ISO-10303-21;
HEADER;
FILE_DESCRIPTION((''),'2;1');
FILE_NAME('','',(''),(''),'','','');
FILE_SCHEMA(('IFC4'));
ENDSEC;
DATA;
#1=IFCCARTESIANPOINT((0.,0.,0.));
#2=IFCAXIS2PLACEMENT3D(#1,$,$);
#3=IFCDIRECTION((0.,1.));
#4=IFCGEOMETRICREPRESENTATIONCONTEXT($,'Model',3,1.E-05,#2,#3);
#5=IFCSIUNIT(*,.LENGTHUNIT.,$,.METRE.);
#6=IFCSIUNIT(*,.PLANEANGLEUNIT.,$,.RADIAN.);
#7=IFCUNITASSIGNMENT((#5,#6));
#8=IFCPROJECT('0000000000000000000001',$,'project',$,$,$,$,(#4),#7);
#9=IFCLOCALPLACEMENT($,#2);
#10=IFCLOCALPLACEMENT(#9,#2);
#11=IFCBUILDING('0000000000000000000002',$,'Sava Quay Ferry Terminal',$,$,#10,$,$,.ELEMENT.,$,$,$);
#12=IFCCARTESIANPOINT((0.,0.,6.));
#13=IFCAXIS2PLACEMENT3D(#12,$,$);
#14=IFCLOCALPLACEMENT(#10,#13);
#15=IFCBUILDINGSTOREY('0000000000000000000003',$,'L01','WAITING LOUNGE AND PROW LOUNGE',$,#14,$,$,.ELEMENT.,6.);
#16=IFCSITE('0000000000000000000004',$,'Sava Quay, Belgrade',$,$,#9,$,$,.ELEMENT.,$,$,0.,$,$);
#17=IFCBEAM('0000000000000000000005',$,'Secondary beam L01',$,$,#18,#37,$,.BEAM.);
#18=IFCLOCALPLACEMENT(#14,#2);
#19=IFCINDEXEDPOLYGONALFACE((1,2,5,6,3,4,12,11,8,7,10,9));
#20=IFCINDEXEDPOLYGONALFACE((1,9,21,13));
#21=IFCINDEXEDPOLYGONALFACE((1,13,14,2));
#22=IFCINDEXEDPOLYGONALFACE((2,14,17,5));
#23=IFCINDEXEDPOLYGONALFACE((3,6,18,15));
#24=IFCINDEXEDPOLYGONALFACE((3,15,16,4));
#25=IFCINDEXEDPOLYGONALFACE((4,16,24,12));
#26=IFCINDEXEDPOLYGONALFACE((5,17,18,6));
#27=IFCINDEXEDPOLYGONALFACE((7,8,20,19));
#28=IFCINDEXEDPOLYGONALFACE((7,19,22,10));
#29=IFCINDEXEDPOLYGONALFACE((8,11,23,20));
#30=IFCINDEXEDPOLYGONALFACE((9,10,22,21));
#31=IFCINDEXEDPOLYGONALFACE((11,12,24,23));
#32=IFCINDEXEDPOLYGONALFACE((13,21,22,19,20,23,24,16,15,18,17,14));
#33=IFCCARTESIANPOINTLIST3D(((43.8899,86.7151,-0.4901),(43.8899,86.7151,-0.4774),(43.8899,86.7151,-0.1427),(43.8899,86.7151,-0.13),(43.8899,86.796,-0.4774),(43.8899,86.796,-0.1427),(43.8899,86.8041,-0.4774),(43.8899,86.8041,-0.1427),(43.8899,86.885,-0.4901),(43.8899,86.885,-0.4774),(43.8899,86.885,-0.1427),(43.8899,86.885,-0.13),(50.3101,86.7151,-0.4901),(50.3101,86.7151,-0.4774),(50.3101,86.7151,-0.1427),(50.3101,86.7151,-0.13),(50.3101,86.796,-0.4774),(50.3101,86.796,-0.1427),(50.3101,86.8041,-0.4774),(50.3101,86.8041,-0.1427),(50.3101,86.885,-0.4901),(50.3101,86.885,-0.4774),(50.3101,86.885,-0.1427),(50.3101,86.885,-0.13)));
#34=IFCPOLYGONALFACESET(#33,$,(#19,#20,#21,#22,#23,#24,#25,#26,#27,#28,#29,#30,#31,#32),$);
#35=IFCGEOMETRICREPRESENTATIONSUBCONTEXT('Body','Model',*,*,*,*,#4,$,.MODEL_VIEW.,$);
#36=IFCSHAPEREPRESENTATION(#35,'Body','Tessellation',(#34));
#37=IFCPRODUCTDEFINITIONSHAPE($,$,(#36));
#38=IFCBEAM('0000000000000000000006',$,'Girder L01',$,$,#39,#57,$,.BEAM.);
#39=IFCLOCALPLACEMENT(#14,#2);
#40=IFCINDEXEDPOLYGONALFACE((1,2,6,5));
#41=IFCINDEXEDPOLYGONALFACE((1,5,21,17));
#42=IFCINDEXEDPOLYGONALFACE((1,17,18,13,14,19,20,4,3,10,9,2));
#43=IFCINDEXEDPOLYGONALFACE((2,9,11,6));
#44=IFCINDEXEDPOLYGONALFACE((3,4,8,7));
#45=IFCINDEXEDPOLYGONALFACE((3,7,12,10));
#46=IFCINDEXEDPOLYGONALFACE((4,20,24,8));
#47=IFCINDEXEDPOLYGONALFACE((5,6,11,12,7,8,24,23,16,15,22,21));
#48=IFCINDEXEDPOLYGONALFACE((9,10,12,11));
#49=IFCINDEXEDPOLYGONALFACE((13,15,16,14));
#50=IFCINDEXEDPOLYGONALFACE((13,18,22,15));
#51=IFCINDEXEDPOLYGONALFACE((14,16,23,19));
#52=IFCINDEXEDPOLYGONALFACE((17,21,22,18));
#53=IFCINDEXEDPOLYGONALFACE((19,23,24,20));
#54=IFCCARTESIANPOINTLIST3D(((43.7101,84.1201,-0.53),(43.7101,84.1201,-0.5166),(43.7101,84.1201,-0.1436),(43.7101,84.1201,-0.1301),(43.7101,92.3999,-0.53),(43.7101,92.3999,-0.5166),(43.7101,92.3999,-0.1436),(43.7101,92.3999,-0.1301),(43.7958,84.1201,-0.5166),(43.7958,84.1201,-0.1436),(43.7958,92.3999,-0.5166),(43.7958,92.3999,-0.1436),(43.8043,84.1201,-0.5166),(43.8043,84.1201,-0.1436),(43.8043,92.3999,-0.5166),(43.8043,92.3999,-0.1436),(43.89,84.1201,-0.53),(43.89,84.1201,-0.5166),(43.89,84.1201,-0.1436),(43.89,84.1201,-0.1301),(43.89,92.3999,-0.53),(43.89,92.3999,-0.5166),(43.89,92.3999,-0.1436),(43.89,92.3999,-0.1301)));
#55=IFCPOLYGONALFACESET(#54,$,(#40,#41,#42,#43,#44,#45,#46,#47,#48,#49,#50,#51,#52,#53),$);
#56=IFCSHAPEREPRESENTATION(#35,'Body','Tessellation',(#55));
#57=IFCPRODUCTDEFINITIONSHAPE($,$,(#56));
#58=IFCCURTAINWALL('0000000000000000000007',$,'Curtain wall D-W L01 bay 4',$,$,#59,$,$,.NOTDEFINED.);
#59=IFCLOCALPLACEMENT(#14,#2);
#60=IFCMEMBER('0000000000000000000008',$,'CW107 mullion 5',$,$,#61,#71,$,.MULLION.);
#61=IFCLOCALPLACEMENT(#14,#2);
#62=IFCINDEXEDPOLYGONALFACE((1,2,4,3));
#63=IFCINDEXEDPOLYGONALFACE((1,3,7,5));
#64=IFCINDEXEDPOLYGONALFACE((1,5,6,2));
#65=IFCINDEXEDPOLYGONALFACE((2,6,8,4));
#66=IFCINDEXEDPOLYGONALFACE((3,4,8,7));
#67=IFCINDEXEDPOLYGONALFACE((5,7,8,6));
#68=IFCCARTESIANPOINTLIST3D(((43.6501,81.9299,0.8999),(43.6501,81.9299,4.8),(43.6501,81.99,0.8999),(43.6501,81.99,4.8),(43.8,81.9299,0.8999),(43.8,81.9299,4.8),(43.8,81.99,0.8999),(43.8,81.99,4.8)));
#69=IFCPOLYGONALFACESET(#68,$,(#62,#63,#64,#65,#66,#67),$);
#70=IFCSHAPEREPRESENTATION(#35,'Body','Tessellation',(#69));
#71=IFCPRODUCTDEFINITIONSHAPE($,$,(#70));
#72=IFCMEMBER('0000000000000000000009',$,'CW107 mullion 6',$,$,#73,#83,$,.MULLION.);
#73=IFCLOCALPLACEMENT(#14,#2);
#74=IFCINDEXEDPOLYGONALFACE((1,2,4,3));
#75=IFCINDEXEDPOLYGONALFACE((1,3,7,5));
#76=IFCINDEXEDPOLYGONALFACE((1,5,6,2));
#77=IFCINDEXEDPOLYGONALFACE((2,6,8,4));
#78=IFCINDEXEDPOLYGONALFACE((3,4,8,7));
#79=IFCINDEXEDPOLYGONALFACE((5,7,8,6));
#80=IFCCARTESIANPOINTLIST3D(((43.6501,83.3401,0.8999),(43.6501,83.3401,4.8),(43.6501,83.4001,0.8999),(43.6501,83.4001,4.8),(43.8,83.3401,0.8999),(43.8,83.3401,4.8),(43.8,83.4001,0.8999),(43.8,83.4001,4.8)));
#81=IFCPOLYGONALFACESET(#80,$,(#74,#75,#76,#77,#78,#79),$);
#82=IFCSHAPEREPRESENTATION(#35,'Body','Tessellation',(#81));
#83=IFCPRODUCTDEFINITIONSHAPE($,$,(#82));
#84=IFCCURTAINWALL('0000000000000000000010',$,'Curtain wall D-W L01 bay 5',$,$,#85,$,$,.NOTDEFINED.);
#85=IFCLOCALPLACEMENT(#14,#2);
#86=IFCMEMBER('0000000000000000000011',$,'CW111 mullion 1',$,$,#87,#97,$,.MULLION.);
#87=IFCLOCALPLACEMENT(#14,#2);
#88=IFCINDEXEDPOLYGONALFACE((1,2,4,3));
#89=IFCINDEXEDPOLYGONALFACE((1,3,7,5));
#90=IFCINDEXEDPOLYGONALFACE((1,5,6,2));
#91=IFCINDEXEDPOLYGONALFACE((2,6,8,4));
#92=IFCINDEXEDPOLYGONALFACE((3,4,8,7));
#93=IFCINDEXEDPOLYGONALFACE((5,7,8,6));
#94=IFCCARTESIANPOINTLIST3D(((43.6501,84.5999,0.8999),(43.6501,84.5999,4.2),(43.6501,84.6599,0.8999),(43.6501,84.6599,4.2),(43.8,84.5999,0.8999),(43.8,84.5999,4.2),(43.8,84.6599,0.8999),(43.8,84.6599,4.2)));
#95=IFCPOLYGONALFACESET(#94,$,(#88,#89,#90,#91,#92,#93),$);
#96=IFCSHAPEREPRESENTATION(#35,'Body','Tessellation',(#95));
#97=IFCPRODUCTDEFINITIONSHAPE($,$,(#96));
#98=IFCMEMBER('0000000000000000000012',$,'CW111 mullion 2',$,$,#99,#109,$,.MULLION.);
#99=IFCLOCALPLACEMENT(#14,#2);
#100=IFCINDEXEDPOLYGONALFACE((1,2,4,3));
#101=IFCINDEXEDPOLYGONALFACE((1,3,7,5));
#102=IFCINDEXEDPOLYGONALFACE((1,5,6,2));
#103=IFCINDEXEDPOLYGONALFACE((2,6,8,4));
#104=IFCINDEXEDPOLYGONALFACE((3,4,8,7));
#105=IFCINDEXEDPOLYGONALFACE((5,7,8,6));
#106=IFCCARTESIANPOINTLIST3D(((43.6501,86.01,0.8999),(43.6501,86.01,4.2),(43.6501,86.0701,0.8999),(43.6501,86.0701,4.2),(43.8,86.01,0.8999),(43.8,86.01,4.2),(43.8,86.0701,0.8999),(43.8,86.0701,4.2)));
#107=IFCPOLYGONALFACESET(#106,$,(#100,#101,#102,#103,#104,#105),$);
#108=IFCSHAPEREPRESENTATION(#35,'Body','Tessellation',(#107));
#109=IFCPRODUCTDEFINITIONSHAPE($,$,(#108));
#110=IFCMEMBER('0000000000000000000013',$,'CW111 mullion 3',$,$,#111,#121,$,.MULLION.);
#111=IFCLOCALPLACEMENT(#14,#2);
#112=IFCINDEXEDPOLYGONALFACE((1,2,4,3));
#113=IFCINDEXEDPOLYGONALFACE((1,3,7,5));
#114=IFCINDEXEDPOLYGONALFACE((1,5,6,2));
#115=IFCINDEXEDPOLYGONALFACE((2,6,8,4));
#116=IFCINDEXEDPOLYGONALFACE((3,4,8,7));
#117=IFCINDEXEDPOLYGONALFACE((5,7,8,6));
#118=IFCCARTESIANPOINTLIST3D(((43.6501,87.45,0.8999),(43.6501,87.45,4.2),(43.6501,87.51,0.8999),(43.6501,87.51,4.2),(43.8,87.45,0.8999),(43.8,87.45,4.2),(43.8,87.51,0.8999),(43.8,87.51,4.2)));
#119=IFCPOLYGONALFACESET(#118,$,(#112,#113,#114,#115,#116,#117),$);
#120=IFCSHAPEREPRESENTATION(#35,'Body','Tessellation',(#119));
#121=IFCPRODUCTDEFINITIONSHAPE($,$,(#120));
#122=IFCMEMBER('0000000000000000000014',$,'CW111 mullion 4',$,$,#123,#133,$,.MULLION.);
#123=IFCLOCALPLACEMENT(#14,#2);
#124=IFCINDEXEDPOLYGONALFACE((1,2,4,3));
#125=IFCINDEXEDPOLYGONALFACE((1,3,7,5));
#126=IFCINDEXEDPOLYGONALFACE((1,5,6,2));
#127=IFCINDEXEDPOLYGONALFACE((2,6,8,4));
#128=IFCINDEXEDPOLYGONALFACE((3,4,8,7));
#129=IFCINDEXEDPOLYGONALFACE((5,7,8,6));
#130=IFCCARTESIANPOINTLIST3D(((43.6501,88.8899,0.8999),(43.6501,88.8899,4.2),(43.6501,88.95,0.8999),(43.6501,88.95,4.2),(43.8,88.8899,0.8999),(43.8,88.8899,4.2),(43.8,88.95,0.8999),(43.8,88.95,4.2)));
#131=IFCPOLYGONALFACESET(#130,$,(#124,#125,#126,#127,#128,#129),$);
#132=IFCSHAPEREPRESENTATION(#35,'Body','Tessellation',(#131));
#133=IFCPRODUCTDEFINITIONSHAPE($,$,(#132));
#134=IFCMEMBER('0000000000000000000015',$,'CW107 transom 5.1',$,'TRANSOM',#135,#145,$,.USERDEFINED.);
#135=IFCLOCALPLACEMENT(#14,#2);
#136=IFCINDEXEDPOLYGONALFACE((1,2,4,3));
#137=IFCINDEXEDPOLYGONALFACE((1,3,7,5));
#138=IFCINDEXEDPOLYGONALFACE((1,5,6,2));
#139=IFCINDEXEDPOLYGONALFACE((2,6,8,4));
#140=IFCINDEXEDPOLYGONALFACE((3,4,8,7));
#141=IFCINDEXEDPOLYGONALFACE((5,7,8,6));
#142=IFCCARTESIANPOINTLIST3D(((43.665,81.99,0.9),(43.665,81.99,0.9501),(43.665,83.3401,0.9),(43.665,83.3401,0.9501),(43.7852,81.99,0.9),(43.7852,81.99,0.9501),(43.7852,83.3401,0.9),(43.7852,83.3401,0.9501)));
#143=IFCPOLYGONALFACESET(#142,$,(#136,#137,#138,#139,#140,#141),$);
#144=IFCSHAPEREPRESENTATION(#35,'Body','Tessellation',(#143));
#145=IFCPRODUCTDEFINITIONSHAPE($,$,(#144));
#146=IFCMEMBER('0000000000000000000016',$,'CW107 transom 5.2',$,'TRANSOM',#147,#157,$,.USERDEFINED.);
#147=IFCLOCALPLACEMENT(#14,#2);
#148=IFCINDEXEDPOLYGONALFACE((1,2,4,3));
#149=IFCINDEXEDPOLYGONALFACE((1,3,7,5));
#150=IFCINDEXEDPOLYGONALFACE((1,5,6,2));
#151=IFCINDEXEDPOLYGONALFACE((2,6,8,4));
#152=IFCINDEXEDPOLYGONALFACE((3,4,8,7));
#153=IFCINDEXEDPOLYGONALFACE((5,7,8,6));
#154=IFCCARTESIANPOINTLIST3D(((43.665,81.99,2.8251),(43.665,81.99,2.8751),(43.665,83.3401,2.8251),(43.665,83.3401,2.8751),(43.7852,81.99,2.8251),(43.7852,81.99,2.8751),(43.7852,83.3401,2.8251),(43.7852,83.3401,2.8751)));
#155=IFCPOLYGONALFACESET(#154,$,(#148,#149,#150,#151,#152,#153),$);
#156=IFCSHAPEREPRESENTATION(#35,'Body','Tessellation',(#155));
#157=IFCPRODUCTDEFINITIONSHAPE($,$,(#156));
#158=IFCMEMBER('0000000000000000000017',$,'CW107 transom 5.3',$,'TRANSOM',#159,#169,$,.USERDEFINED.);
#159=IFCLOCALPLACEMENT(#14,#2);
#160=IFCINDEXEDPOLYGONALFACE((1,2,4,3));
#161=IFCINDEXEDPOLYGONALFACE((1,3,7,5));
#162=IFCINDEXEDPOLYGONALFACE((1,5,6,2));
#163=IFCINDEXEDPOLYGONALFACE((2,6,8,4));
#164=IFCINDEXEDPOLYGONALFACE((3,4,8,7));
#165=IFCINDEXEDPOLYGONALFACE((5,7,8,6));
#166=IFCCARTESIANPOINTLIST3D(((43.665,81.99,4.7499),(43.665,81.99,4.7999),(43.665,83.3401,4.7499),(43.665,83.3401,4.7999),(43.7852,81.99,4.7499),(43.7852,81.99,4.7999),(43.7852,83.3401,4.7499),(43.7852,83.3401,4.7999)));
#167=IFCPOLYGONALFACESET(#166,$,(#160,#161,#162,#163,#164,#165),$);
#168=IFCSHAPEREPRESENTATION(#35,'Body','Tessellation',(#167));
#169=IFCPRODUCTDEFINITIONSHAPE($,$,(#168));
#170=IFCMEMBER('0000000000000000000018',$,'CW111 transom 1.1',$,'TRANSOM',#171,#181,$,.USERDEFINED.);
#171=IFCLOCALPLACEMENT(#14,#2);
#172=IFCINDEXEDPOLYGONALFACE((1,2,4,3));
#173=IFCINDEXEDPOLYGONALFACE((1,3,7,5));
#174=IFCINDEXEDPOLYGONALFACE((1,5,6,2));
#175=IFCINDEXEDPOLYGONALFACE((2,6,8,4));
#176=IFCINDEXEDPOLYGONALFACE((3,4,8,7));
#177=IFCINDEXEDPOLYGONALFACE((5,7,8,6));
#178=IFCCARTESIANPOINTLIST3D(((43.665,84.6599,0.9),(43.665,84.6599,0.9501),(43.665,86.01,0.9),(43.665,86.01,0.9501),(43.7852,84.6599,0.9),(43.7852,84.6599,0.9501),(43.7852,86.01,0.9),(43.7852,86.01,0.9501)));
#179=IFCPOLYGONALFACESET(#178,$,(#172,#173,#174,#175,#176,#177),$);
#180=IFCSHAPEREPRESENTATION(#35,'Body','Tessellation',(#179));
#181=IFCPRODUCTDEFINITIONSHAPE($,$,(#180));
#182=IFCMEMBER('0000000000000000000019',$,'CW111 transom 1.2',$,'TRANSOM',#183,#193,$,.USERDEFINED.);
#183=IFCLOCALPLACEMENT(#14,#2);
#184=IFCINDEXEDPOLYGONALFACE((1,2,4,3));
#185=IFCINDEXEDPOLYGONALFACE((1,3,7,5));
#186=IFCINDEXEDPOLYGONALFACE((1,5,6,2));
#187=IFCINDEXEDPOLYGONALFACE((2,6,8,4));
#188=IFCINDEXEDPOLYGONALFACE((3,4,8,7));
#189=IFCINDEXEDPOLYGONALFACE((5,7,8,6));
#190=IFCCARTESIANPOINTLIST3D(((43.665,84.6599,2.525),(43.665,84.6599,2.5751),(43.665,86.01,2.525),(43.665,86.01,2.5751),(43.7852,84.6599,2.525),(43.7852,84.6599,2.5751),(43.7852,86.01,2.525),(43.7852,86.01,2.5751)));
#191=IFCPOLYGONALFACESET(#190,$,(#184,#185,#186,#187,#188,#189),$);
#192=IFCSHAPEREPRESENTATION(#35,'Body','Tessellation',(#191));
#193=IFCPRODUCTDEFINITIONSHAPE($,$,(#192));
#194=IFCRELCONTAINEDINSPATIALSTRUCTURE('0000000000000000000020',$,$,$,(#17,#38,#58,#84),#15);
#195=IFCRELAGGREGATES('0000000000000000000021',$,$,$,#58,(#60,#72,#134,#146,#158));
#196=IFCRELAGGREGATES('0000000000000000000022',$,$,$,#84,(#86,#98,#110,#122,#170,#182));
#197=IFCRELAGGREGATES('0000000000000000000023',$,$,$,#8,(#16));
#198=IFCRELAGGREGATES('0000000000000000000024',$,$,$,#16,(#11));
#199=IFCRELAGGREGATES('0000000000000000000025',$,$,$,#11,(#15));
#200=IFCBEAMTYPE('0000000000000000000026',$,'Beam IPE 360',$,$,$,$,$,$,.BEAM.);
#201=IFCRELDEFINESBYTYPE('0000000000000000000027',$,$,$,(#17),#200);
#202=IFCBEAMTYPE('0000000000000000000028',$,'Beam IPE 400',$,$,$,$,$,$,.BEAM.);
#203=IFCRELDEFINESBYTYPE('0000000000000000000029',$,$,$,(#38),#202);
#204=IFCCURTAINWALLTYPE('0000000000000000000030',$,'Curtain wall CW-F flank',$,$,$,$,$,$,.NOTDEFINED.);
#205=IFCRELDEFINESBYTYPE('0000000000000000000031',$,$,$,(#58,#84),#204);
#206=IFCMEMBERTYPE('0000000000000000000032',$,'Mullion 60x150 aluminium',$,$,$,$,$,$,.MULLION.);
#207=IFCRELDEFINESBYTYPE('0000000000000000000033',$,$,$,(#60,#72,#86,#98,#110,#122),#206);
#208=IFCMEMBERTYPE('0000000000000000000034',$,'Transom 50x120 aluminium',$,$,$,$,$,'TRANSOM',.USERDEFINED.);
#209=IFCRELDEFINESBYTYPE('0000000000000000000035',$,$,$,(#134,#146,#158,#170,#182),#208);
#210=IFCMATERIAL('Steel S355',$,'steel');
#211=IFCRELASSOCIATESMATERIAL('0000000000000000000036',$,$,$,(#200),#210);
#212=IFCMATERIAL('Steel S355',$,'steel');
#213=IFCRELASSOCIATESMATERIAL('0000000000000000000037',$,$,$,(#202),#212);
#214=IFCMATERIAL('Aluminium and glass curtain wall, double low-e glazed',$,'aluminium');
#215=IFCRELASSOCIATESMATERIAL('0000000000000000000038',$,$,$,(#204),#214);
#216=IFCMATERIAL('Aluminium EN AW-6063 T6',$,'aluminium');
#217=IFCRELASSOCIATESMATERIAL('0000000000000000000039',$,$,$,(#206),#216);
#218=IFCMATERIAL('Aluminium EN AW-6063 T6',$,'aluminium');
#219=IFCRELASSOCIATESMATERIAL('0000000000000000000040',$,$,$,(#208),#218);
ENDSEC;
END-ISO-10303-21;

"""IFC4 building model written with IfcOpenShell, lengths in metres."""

from ifc_helpers import new_model, si_unit, direction, frame, origin, origin_2d, place, context, subcontext, project, spatial, rectangle, i_section, extrude, material, material_profile, profile_set, type_object, element, aggregate, save


model = new_model("IFC4")

# Units and contexts
model_context = context("Model", 3, precision=1e-05, world=origin(), true_north=direction((0.0, 1.0)))
body_context = subcontext(model_context, "Body", "Model", "MODEL_VIEW")
ifc_project = project(units=[si_unit("LENGTHUNIT", "METRE"), si_unit("PLANEANGLEUNIT", "RADIAN")], contexts=[model_context])

# Site, building, storey
site_placement = place(None, origin())
site = spatial("IfcSite", under=ifc_project, at=site_placement, Name="Sava Quay, Belgrade", CompositionType="ELEMENT", RefElevation=0.0)
building_placement = place(site_placement, origin())
building = spatial("IfcBuilding", under=site, at=building_placement, Name="Sava Quay Ferry Terminal", CompositionType="ELEMENT")
storey_placement = place(building_placement, frame((0.0, 0.0, 6.0)))
storey = spatial("IfcBuildingStorey", under=building, at=storey_placement, Name="L01", Description="WAITING LOUNGE AND PROW LOUNGE", CompositionType="ELEMENT", Elevation=6.0)

# Beams
ifc_material_1 = material(Name="Steel S355", Category="steel")
ifc_material_profile_1 = material_profile(ifc_material_1, i_section(OverallWidth=0.1699, OverallDepth=0.3601, WebThickness=0.0081, FlangeThickness=0.0127, at=origin_2d()), Name="IPE 360")
ifc_profile_set_1 = profile_set([ifc_material_profile_1], Name="Steel S355")
beam_type_1 = type_object("IfcBeamType", Name="Beam IPE 360", PredefinedType="BEAM", material=ifc_profile_set_1)
beam_1_placement = place(storey_placement, frame((43.8899, 86.8, -0.3101), z_axis=(1.0, 0.0, 0.0), x_axis=(0.0, 1.0, 0.0)))
element("IfcBeam", 1, at=beam_1_placement, inside=storey, type_object=beam_type_1, Name="Secondary beam L01", PredefinedType="BEAM", context=body_context, shape_type="SweptSolid", body=[
    extrude(i_section(OverallWidth=0.1699, OverallDepth=0.3601, WebThickness=0.0081, FlangeThickness=0.0127, at=origin_2d()), origin(), (0.0, 0.0, 1.0), 6.4202),
])
ifc_material_2 = material(Name="Steel S355", Category="steel")
ifc_material_profile_2 = material_profile(ifc_material_2, i_section(OverallWidth=0.1799, OverallDepth=0.3999, WebThickness=0.0085, FlangeThickness=0.0134, at=origin_2d()), Name="IPE 400")
ifc_profile_set_2 = profile_set([ifc_material_profile_2], Name="Steel S355")
beam_type_2 = type_object("IfcBeamType", Name="Beam IPE 400", PredefinedType="BEAM", material=ifc_profile_set_2)
beam_2_placement = place(storey_placement, frame((43.8, 84.1201, -0.3301), z_axis=(0.0, 1.0, 0.0), x_axis=(-1.0, 0.0, 0.0)))
element("IfcBeam", 2, at=beam_2_placement, inside=storey, type_object=beam_type_2, Name="Girder L01", PredefinedType="BEAM", context=body_context, shape_type="SweptSolid", body=[
    extrude(i_section(OverallWidth=0.1799, OverallDepth=0.3999, WebThickness=0.0085, FlangeThickness=0.0134, at=origin_2d()), origin(), (0.0, 0.0, 1.0), 8.2798),
])

# Curtain walls, members
ifc_material_3 = material(Name="Aluminium and glass curtain wall, double low-e glazed", Category="aluminium")
curtain_wall_type = type_object("IfcCurtainWallType", Name="Curtain wall CW-F flank", PredefinedType="NOTDEFINED", material=ifc_material_3)
curtain_wall_1_placement = place(storey_placement, origin())
curtain_wall_1 = element("IfcCurtainWall", 3, at=curtain_wall_1_placement, inside=storey, type_object=curtain_wall_type, Name="Curtain wall D-W L01 bay 4", PredefinedType="NOTDEFINED")
ifc_material_4 = material(Name="Aluminium EN AW-6063 T6", Category="aluminium")
ifc_material_profile_3 = material_profile(ifc_material_4, rectangle(XDim=0.1499, YDim=0.0601, at=origin_2d()), Name="Mullion 60x150 aluminium")
ifc_profile_set_3 = profile_set([ifc_material_profile_3], Name="Aluminium EN AW-6063 T6")
member_type_1 = type_object("IfcMemberType", Name="Mullion 60x150 aluminium", PredefinedType="MULLION", material=ifc_profile_set_3)
member_1_placement = place(storey_placement, frame((43.7251, 81.96, 0.8999), z_axis=(0.0, 0.0, 1.0), x_axis=(-1.0, 0.0, 0.0)))
member_1 = element("IfcMember", 4, at=member_1_placement, type_object=member_type_1, Name="CW107 mullion 5", PredefinedType="MULLION", context=body_context, shape_type="SweptSolid", body=[
    extrude(rectangle(XDim=0.1499, YDim=0.0601, at=origin_2d()), origin(), (0.0, 0.0, 1.0), 3.9001),
])
member_2_placement = place(storey_placement, frame((43.7251, 83.3701, 0.8999), z_axis=(0.0, 0.0, 1.0), x_axis=(-1.0, 0.0, 0.0)))
member_2 = element("IfcMember", 5, at=member_2_placement, type_object=member_type_1, Name="CW107 mullion 6", PredefinedType="MULLION", context=body_context, shape_type="SweptSolid", body=[
    extrude(rectangle(XDim=0.1499, YDim=0.0601, at=origin_2d()), origin(), (0.0, 0.0, 1.0), 3.9001),
])
curtain_wall_2_placement = place(storey_placement, origin())
curtain_wall_2 = element("IfcCurtainWall", 6, at=curtain_wall_2_placement, inside=storey, type_object=curtain_wall_type, Name="Curtain wall D-W L01 bay 5", PredefinedType="NOTDEFINED")
member_3_placement = place(storey_placement, frame((43.7251, 84.6299, 0.8999), z_axis=(0.0, 0.0, 1.0), x_axis=(-1.0, 0.0, 0.0)))
member_3 = element("IfcMember", 7, at=member_3_placement, type_object=member_type_1, Name="CW111 mullion 1", PredefinedType="MULLION", context=body_context, shape_type="SweptSolid", body=[
    extrude(rectangle(XDim=0.1499, YDim=0.0601, at=origin_2d()), origin(), (0.0, 0.0, 1.0), 3.3),
])
member_4_placement = place(storey_placement, frame((43.7251, 86.04, 0.8999), z_axis=(0.0, 0.0, 1.0), x_axis=(-1.0, 0.0, 0.0)))
member_4 = element("IfcMember", 8, at=member_4_placement, type_object=member_type_1, Name="CW111 mullion 2", PredefinedType="MULLION", context=body_context, shape_type="SweptSolid", body=[
    extrude(rectangle(XDim=0.1499, YDim=0.0601, at=origin_2d()), origin(), (0.0, 0.0, 1.0), 3.3),
])
member_5_placement = place(storey_placement, frame((43.7251, 87.48, 0.8999), z_axis=(0.0, 0.0, 1.0), x_axis=(-1.0, 0.0, 0.0)))
member_5 = element("IfcMember", 9, at=member_5_placement, type_object=member_type_1, Name="CW111 mullion 3", PredefinedType="MULLION", context=body_context, shape_type="SweptSolid", body=[
    extrude(rectangle(XDim=0.1499, YDim=0.0601, at=origin_2d()), origin(), (0.0, 0.0, 1.0), 3.3),
])
member_6_placement = place(storey_placement, frame((43.7251, 88.9199, 0.8999), z_axis=(0.0, 0.0, 1.0), x_axis=(-1.0, 0.0, 0.0)))
member_6 = element("IfcMember", 10, at=member_6_placement, type_object=member_type_1, Name="CW111 mullion 4", PredefinedType="MULLION", context=body_context, shape_type="SweptSolid", body=[
    extrude(rectangle(XDim=0.1499, YDim=0.0601, at=origin_2d()), origin(), (0.0, 0.0, 1.0), 3.3),
])

# Members
ifc_material_5 = material(Name="Aluminium EN AW-6063 T6", Category="aluminium")
ifc_material_profile_4 = material_profile(ifc_material_5, rectangle(XDim=0.1201, YDim=0.05, at=origin_2d()), Name="Transom 50x120 aluminium")
ifc_profile_set_4 = profile_set([ifc_material_profile_4], Name="Aluminium EN AW-6063 T6")
member_type_2 = type_object("IfcMemberType", Name="Transom 50x120 aluminium", ElementType="TRANSOM", PredefinedType="USERDEFINED", material=ifc_profile_set_4)
member_7_placement = place(storey_placement, frame((43.7251, 81.99, 0.925), z_axis=(0.0, 1.0, 0.0), x_axis=(-1.0, 0.0, 0.0)))
member_7 = element("IfcMember", 11, at=member_7_placement, type_object=member_type_2, Name="CW107 transom 5.1", ObjectType="TRANSOM", PredefinedType="USERDEFINED", context=body_context, shape_type="SweptSolid", body=[
    extrude(rectangle(XDim=0.1201, YDim=0.05, at=origin_2d()), origin(), (0.0, 0.0, 1.0), 1.3501),
])
member_8_placement = place(storey_placement, frame((43.7251, 81.99, 2.8501), z_axis=(0.0, 1.0, 0.0), x_axis=(-1.0, 0.0, 0.0)))
member_8 = element("IfcMember", 12, at=member_8_placement, type_object=member_type_2, Name="CW107 transom 5.2", ObjectType="TRANSOM", PredefinedType="USERDEFINED", context=body_context, shape_type="SweptSolid", body=[
    extrude(rectangle(XDim=0.1201, YDim=0.05, at=origin_2d()), origin(), (0.0, 0.0, 1.0), 1.3501),
])
member_9_placement = place(storey_placement, frame((43.7251, 81.99, 4.7749), z_axis=(0.0, 1.0, 0.0), x_axis=(-1.0, 0.0, 0.0)))
member_9 = element("IfcMember", 13, at=member_9_placement, type_object=member_type_2, Name="CW107 transom 5.3", ObjectType="TRANSOM", PredefinedType="USERDEFINED", context=body_context, shape_type="SweptSolid", body=[
    extrude(rectangle(XDim=0.1201, YDim=0.05, at=origin_2d()), origin(), (0.0, 0.0, 1.0), 1.3501),
])
member_10_placement = place(storey_placement, frame((43.7251, 84.6599, 0.925), z_axis=(0.0, 1.0, 0.0), x_axis=(-1.0, 0.0, 0.0)))
member_10 = element("IfcMember", 14, at=member_10_placement, type_object=member_type_2, Name="CW111 transom 1.1", ObjectType="TRANSOM", PredefinedType="USERDEFINED", context=body_context, shape_type="SweptSolid", body=[
    extrude(rectangle(XDim=0.1201, YDim=0.05, at=origin_2d()), origin(), (0.0, 0.0, 1.0), 1.3501),
])
member_11_placement = place(storey_placement, frame((43.7251, 84.6599, 2.55), z_axis=(0.0, 1.0, 0.0), x_axis=(-1.0, 0.0, 0.0)))
member_11 = element("IfcMember", 15, at=member_11_placement, type_object=member_type_2, Name="CW111 transom 1.2", ObjectType="TRANSOM", PredefinedType="USERDEFINED", context=body_context, shape_type="SweptSolid", body=[
    extrude(rectangle(XDim=0.1201, YDim=0.05, at=origin_2d()), origin(), (0.0, 0.0, 1.0), 1.3501),
])

aggregate(curtain_wall_1, [member_1, member_2, member_7, member_8, member_9])
aggregate(curtain_wall_2, [member_3, member_4, member_5, member_6, member_10, member_11])

save(model, "model.ifc")
